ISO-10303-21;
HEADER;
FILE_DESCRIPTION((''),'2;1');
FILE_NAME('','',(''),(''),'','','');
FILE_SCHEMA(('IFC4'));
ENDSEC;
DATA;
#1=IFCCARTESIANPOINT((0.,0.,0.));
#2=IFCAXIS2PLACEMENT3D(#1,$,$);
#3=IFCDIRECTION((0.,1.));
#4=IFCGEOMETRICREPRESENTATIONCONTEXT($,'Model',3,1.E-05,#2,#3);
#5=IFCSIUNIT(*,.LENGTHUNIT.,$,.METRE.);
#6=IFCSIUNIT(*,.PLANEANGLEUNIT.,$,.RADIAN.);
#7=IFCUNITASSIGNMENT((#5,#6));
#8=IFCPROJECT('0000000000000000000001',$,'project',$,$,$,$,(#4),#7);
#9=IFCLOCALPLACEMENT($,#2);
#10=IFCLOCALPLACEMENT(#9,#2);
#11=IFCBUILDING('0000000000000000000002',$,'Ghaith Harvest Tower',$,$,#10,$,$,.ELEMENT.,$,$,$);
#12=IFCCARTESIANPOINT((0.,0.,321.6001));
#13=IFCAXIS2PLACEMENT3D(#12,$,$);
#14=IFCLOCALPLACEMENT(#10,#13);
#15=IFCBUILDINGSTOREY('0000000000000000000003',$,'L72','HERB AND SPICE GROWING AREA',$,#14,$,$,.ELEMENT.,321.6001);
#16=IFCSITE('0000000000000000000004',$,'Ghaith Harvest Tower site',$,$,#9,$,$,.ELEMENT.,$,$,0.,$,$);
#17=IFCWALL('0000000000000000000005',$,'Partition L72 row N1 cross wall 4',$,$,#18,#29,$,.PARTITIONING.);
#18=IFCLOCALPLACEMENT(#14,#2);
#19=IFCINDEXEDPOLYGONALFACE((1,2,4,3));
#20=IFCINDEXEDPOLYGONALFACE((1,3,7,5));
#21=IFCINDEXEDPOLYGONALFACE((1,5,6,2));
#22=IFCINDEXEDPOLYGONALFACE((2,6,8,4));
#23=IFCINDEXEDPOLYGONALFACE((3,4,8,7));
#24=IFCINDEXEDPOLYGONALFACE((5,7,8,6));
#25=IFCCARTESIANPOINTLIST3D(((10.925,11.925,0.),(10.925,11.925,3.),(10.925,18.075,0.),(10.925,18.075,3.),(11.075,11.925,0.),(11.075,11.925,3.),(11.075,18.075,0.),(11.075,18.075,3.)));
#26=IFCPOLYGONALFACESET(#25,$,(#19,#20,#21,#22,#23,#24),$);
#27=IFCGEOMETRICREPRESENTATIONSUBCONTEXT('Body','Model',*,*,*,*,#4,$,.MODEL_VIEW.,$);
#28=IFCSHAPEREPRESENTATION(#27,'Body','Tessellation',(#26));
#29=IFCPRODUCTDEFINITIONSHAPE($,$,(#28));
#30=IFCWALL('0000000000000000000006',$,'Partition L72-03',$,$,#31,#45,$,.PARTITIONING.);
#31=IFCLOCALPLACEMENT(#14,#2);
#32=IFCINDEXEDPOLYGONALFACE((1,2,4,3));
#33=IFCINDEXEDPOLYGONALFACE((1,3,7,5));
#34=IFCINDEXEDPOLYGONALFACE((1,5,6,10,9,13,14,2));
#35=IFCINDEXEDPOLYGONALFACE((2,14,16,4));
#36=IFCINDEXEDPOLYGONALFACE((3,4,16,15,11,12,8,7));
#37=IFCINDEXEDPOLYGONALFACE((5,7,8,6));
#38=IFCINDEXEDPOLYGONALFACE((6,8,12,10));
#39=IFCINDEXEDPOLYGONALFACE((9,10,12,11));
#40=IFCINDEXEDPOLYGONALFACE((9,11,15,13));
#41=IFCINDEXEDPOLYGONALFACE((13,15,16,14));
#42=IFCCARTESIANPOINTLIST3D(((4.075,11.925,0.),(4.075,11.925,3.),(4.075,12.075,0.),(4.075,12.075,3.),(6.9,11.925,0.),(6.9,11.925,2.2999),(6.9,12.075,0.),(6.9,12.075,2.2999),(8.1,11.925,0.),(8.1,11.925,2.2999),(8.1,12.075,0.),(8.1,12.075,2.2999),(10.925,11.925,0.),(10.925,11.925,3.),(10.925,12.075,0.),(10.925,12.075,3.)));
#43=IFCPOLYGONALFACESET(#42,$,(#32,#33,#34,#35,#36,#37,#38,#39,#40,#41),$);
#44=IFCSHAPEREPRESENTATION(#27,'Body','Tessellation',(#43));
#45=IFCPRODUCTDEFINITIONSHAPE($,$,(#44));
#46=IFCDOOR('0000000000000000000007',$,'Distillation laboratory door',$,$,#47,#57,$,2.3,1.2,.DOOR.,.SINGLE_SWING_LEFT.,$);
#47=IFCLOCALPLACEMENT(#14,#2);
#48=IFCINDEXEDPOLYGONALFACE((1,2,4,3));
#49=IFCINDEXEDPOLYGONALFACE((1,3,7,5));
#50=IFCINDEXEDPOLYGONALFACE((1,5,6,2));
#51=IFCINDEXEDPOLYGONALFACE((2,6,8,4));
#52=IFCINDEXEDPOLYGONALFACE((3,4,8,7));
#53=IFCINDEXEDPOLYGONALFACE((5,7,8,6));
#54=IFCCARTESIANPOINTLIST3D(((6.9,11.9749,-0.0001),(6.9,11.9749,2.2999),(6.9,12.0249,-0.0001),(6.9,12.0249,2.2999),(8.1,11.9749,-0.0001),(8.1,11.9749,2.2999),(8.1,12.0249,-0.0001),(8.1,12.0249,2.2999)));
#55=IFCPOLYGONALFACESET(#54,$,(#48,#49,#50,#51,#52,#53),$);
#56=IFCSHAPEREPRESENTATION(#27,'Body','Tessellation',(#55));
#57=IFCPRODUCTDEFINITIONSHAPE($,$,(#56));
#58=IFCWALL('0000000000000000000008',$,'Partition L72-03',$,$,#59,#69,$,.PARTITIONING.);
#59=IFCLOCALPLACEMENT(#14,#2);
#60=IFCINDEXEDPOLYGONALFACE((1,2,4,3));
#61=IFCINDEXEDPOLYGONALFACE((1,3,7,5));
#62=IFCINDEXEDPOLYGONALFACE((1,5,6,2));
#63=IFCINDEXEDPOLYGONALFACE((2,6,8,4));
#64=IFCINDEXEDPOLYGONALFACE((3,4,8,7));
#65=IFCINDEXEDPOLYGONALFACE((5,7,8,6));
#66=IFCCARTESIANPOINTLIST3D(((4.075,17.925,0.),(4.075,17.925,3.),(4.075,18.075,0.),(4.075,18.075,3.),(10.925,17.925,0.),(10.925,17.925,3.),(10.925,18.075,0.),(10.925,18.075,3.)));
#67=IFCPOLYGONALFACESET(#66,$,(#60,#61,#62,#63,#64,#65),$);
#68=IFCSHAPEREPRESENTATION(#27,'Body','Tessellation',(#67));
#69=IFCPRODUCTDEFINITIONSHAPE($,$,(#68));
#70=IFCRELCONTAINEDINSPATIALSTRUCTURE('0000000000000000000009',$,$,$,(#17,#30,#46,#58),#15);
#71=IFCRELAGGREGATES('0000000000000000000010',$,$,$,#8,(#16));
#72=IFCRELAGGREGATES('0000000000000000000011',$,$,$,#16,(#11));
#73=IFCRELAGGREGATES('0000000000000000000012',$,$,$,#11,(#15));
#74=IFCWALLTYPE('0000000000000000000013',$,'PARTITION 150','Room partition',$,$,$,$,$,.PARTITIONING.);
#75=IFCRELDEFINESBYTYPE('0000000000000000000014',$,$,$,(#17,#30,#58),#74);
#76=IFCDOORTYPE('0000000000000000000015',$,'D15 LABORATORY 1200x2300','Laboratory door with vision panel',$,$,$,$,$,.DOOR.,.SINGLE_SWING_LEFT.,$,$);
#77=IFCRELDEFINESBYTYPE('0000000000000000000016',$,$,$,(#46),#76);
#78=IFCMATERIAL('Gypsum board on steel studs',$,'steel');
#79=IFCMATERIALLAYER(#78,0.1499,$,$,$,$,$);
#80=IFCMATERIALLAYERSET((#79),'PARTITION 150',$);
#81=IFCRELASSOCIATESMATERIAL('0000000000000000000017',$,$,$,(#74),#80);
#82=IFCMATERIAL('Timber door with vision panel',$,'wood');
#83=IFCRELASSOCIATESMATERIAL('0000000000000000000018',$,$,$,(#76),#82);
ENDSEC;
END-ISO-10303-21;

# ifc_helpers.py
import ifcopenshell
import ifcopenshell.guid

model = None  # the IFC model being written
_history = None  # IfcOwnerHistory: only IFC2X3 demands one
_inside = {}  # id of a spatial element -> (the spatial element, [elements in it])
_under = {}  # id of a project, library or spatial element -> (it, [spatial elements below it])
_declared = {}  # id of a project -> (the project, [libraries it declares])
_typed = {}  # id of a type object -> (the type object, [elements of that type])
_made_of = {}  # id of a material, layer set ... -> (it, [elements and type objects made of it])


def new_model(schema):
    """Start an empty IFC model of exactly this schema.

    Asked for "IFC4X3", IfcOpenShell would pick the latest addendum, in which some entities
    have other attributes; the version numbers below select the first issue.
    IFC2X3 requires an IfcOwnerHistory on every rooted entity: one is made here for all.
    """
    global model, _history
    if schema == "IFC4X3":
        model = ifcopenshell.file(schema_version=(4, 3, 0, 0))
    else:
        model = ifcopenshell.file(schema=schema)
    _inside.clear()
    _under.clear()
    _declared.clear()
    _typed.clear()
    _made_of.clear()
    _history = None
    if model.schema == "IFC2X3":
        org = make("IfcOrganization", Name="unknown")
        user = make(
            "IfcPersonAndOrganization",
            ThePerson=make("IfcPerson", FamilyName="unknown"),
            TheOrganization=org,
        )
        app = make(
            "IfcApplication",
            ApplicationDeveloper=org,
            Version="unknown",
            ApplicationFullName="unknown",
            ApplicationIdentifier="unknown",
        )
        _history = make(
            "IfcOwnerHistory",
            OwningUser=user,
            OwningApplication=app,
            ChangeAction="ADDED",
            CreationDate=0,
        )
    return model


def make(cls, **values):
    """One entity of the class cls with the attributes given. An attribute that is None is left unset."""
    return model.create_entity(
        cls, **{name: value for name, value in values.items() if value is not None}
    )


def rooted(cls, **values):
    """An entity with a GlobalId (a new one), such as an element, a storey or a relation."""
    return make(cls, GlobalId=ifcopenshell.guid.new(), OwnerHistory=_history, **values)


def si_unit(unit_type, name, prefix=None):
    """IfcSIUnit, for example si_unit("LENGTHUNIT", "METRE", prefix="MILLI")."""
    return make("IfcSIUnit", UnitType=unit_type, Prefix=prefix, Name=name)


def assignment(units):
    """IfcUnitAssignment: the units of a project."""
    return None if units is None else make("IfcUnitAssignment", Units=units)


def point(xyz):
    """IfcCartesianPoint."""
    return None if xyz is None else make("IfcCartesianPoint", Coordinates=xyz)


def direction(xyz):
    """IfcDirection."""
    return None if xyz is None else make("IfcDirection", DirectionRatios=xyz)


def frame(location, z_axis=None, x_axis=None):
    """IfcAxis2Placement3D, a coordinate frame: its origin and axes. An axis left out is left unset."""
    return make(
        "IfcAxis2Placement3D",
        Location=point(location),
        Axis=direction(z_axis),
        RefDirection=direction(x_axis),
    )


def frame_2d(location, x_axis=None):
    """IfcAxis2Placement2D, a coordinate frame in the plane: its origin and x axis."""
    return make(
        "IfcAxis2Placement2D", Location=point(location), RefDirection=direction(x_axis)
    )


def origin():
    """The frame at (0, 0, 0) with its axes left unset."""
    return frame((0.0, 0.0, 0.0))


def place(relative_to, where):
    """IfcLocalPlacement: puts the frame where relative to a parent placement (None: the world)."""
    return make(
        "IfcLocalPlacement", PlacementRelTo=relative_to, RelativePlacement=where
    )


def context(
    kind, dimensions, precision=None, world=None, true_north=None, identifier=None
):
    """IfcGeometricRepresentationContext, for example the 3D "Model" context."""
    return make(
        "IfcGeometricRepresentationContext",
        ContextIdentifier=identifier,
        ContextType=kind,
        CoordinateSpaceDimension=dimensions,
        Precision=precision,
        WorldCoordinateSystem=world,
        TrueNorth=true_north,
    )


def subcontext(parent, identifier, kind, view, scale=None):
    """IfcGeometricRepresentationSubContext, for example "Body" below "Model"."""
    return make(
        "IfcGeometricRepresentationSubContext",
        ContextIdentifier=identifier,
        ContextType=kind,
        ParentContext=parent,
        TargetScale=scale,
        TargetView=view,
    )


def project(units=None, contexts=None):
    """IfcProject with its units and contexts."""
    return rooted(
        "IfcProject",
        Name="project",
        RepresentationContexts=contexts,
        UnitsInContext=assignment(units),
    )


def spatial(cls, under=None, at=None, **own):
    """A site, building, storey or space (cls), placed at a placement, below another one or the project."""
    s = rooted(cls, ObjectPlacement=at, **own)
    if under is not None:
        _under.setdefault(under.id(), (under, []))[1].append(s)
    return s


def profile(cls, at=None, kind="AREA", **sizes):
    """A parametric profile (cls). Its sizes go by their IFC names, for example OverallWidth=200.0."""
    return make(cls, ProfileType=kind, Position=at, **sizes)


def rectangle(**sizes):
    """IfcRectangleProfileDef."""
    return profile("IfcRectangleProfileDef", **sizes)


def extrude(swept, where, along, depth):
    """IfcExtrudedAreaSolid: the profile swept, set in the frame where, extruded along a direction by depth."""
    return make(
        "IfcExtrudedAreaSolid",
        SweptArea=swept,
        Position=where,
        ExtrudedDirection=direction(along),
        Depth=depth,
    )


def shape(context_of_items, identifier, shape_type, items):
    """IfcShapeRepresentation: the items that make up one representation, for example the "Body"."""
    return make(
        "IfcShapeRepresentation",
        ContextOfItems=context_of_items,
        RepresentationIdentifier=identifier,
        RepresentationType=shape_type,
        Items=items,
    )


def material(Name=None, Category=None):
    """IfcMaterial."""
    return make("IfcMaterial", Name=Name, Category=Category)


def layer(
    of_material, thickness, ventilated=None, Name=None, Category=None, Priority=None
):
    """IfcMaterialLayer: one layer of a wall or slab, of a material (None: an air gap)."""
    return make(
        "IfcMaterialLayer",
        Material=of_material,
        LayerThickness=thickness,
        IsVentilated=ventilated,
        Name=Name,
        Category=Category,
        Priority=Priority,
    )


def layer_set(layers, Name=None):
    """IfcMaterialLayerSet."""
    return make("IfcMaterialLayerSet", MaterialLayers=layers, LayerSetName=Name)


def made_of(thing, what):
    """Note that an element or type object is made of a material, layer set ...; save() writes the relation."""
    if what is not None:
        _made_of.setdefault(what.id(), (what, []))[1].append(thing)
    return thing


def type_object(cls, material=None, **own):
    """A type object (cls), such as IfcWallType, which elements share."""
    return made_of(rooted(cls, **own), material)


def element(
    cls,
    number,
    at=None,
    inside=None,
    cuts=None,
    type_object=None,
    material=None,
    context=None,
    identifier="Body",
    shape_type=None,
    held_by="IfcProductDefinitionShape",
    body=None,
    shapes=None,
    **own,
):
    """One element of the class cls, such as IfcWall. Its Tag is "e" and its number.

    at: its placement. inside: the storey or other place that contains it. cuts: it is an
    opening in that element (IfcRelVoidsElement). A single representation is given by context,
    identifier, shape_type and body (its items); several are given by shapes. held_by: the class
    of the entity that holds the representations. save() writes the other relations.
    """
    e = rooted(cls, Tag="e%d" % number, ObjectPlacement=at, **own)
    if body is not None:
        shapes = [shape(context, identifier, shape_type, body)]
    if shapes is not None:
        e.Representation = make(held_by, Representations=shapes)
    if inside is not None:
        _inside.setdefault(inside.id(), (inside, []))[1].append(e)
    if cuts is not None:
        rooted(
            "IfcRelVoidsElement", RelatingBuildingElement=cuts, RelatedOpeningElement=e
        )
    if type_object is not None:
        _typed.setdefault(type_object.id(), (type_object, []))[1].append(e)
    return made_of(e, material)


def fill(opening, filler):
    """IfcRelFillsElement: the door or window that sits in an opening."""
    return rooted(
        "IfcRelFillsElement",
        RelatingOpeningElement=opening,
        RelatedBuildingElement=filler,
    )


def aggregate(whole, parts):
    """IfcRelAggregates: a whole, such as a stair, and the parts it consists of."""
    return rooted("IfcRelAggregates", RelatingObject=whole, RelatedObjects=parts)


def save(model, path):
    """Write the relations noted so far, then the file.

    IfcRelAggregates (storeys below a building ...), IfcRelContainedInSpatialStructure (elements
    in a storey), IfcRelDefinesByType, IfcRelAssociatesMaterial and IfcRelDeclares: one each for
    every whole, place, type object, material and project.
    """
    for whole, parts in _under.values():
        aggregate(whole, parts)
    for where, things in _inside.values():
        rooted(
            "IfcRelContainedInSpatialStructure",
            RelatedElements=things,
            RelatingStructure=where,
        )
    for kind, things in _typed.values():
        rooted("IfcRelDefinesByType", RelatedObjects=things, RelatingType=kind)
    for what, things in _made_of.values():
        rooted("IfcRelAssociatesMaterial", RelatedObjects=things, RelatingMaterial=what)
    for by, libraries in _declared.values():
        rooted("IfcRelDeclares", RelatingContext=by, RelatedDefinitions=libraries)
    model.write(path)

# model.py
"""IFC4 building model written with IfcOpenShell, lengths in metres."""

from ifc_helpers import new_model, si_unit, direction, frame, frame_2d, origin, place, context, subcontext, project, spatial, rectangle, extrude, material, layer, layer_set, type_object, element, fill, save


model = new_model("IFC4")

# Units and contexts
model_context = context("Model", 3, precision=1e-05, world=origin(), true_north=direction((0.0, 1.0)))
body_context = subcontext(model_context, "Body", "Model", "MODEL_VIEW")
ifc_project = project(units=[si_unit("LENGTHUNIT", "METRE"), si_unit("PLANEANGLEUNIT", "RADIAN")], contexts=[model_context])

# Site, building, storey
site_placement = place(None, origin())
site = spatial("IfcSite", under=ifc_project, at=site_placement, Name="Ghaith Harvest Tower site", CompositionType="ELEMENT", RefElevation=0.0)
building_placement = place(site_placement, origin())
building = spatial("IfcBuilding", under=site, at=building_placement, Name="Ghaith Harvest Tower", CompositionType="ELEMENT")
storey_placement = place(building_placement, frame((0.0, 0.0, 321.6001)))
storey = spatial("IfcBuildingStorey", under=building, at=storey_placement, Name="L72", Description="HERB AND SPICE GROWING AREA", CompositionType="ELEMENT", Elevation=321.6001)

# Wall
ifc_material_1 = material(Name="Gypsum board on steel studs", Category="steel")
ifc_layer_1 = layer(ifc_material_1, 0.1499)
ifc_layer_set_1 = layer_set([ifc_layer_1], Name="PARTITION 150")
wall_type = type_object("IfcWallType", Name="PARTITION 150", Description="Room partition", PredefinedType="PARTITIONING", material=ifc_layer_set_1)
for number, where, z_axis, x_axis, name in (
    (1, (11.0, 11.925, 0.0), (0.0, 0.0, 1.0), (0.0, 1.0, 0.0), "Partition L72 row N1 cross wall 4"),
):
    element("IfcWall", number, at=place(storey_placement, frame(where, z_axis=z_axis, x_axis=x_axis)), inside=storey, type_object=wall_type, Name=name, PredefinedType="PARTITIONING", context=body_context, shape_type="SweptSolid", body=[
        extrude(rectangle(XDim=6.1499, YDim=0.1499, at=frame_2d((3.075, 0.0))), origin(), (0.0, 0.0, 1.0), 3.0),
    ])

# Wall, opening, door
wall_1_placement = place(storey_placement, frame((4.075, 12.0, 0.0), z_axis=(0.0, 0.0, 1.0), x_axis=(1.0, 0.0, 0.0)))
wall_1 = element("IfcWall", 2, at=wall_1_placement, inside=storey, type_object=wall_type, Name="Partition L72-03", PredefinedType="PARTITIONING", context=body_context, shape_type="SweptSolid", body=[
    extrude(rectangle(XDim=6.8501, YDim=0.1499, at=frame_2d((3.425, 0.0))), origin(), (0.0, 0.0, 1.0), 3.0),
])
opening_placement = place(wall_1_placement, frame((2.825, 0.0, 0.0)))
opening = element("IfcOpeningElement", 3, at=opening_placement, cuts=wall_1, PredefinedType="OPENING", context=body_context, shape_type="SweptSolid", body=[
    extrude(rectangle(XDim=1.2, YDim=2.3, at=frame_2d((0.6001, 1.1499))), frame((0.0, 0.085, 0.0), z_axis=(0.0, -1.0, 0.0), x_axis=(1.0, 0.0, 0.0)), (0.0, 0.0, 1.0), 0.1699),
])
ifc_material_2 = material(Name="Timber door with vision panel", Category="wood")
door_type = type_object("IfcDoorType", Name="D15 LABORATORY 1200x2300", Description="Laboratory door with vision panel", OperationType="SINGLE_SWING_LEFT", PredefinedType="DOOR", material=ifc_material_2)
door_placement = place(opening_placement, origin())
door = element("IfcDoor", 4, at=door_placement, inside=storey, type_object=door_type, Name="Distillation laboratory door", OperationType="SINGLE_SWING_LEFT", OverallHeight=2.3, OverallWidth=1.2, PredefinedType="DOOR", context=body_context, shape_type="SweptSolid", body=[
    extrude(rectangle(XDim=1.2, YDim=2.3, at=frame_2d((0.6001, 1.1499))), frame((0.0, 0.0249, 0.0), z_axis=(0.0, -1.0, 0.0), x_axis=(1.0, 0.0, 0.0)), (0.0, 0.0, 1.0), 0.05),
])
fill(opening, door)

# Wall
wall_2_placement = place(storey_placement, frame((4.075, 18.0, 0.0), z_axis=(0.0, 0.0, 1.0), x_axis=(1.0, 0.0, 0.0)))
element("IfcWall", 5, at=wall_2_placement, inside=storey, type_object=wall_type, Name="Partition L72-03", PredefinedType="PARTITIONING", context=body_context, shape_type="SweptSolid", body=[
    extrude(rectangle(XDim=6.8501, YDim=0.1499, at=frame_2d((3.425, 0.0))), origin(), (0.0, 0.0, 1.0), 3.0),
])

save(model, "model.ifc")
